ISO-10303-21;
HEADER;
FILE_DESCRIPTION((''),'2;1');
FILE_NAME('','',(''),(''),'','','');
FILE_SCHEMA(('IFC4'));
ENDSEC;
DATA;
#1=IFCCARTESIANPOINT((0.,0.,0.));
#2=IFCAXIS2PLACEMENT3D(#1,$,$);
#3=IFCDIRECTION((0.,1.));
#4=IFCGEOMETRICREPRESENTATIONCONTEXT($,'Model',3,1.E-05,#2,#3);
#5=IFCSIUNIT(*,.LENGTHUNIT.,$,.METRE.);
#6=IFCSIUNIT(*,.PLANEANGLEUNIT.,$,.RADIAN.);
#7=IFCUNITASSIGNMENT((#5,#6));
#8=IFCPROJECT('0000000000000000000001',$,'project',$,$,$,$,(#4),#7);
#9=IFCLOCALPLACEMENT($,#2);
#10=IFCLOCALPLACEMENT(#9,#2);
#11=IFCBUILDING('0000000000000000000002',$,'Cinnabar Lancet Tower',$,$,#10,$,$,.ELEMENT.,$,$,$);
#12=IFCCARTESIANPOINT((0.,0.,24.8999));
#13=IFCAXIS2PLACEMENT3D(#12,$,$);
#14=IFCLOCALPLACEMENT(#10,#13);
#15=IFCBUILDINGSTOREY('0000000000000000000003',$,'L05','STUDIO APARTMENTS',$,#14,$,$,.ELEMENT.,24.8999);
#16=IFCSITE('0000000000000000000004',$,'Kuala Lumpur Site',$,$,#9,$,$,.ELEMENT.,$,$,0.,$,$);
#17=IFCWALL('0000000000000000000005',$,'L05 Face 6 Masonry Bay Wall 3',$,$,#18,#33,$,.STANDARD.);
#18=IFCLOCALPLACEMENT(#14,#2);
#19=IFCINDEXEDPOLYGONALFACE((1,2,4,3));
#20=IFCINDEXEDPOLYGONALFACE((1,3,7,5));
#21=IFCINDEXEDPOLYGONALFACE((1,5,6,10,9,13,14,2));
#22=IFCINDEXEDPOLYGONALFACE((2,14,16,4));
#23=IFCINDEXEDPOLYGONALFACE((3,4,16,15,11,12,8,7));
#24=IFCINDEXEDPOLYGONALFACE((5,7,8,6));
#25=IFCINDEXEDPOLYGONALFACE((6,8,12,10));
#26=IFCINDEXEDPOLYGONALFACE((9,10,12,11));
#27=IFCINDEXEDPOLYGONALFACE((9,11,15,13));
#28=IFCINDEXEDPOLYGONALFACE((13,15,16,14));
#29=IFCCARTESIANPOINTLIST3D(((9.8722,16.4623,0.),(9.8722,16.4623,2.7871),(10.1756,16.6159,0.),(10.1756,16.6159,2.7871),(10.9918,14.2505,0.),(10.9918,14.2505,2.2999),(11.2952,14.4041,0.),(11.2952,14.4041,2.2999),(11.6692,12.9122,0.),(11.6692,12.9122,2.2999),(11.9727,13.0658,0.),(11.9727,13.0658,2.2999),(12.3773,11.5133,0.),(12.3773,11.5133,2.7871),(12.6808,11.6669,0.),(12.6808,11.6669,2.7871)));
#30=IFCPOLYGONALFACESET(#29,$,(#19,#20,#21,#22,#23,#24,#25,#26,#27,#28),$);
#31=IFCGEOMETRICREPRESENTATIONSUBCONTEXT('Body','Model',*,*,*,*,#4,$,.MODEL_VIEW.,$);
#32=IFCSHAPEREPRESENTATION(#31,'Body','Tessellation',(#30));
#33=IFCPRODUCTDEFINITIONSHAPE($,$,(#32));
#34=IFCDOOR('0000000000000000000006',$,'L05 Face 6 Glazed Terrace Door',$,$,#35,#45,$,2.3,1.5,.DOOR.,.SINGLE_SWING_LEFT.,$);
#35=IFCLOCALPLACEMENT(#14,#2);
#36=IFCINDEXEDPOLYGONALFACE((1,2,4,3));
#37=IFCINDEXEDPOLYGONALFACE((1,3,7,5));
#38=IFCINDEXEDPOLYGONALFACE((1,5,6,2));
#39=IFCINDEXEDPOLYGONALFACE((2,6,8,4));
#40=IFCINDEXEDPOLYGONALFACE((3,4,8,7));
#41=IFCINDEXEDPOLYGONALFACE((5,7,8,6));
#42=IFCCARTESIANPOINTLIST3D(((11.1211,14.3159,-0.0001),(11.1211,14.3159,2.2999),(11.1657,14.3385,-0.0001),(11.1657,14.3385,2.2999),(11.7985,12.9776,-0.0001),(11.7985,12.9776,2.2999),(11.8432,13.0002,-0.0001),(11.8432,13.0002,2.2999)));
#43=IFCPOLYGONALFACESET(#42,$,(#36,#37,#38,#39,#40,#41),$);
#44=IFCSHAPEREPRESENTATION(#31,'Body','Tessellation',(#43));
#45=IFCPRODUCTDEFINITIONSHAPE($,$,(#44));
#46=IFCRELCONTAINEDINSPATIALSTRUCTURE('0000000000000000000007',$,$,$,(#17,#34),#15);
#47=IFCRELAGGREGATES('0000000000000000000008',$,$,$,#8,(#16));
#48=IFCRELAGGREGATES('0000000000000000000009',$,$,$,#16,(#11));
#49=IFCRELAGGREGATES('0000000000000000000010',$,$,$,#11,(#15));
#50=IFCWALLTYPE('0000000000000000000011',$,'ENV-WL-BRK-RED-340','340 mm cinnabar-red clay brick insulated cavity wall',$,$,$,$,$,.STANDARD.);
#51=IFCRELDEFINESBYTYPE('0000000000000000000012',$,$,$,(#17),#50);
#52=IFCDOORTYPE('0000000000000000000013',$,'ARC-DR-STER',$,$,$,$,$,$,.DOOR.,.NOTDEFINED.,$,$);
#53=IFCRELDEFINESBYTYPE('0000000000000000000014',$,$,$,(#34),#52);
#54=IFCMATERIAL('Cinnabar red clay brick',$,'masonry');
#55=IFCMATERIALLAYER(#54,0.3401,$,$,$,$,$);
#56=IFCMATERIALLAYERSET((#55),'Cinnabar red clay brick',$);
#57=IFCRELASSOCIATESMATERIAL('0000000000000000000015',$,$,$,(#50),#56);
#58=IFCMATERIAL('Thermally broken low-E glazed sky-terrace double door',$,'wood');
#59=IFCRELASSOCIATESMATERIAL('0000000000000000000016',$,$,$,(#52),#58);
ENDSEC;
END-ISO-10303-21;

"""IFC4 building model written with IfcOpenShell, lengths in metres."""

from ifc_helpers import new_model, si_unit, direction, frame, frame_2d, origin, place, context, subcontext, project, spatial, rectangle, extrude, material, layer, layer_set, type_object, element, fill, save


model = new_model("IFC4")

# Units and contexts
model_context = context("Model", 3, precision=1e-05, world=origin(), true_north=direction((0.0, 1.0)))
body_context = subcontext(model_context, "Body", "Model", "MODEL_VIEW")
ifc_project = project(units=[si_unit("LENGTHUNIT", "METRE"), si_unit("PLANEANGLEUNIT", "RADIAN")], contexts=[model_context])

# Site, building, storey
site_placement = place(None, origin())
site = spatial("IfcSite", under=ifc_project, at=site_placement, Name="Kuala Lumpur Site", CompositionType="ELEMENT", RefElevation=0.0)
building_placement = place(site_placement, origin())
building = spatial("IfcBuilding", under=site, at=building_placement, Name="Cinnabar Lancet Tower", CompositionType="ELEMENT")
storey_placement = place(building_placement, frame((0.0, 0.0, 24.8999)))
storey = spatial("IfcBuildingStorey", under=building, at=storey_placement, Name="L05", Description="STUDIO APARTMENTS", CompositionType="ELEMENT", Elevation=24.8999)

# Shared definitions
ifc_material_1 = material(Name="Cinnabar red clay brick", Category="masonry")
ifc_layer_1 = layer(ifc_material_1, 0.3401)
ifc_layer_set_1 = layer_set([ifc_layer_1], Name="Cinnabar red clay brick")
wall_type_1 = type_object("IfcWallType", Name="ENV-WL-BRK-RED-340", Description="340 mm cinnabar-red clay brick insulated cavity wall", PredefinedType="STANDARD", material=ifc_layer_set_1)

# Wall, opening, door
wall_1_placement = place(storey_placement, frame((10.0239, 16.5391, 0.0), z_axis=(0.0, 0.0, 1.0), x_axis=(0.451627, -0.892207, 0.0)))
wall_1 = element("IfcWall", 1, at=wall_1_placement, inside=storey, type_object=wall_type_1, Name="L05 Face 6 Masonry Bay Wall 3", PredefinedType="STANDARD", context=body_context, shape_type="SweptSolid", body=[
    extrude(rectangle(XDim=5.5469, YDim=0.3401, at=frame_2d((2.7734, 0.0))), origin(), (0.0, 0.0, 1.0), 2.7871),
])
opening_1_placement = place(wall_1_placement, frame((2.479, 0.0, 0.0)))
opening_1 = element("IfcOpeningElement", 2, at=opening_1_placement, cuts=wall_1, PredefinedType="OPENING", context=body_context, shape_type="SweptSolid", body=[
    extrude(rectangle(XDim=1.5, YDim=2.3, at=frame_2d((0.75, 1.1499))), frame((0.0, 0.1799, 0.0), z_axis=(0.0, -1.0, 0.0), x_axis=(1.0, 0.0, 0.0)), (0.0, 0.0, 1.0), 0.3601),
])
ifc_material_2 = material(Name="Thermally broken low-E glazed sky-terrace double door", Category="wood")
door_type_1 = type_object("IfcDoorType", Name="ARC-DR-STER", OperationType="NOTDEFINED", PredefinedType="DOOR", material=ifc_material_2)
door_1_placement = place(opening_1_placement, origin())
door_1 = element("IfcDoor", 3, at=door_1_placement, inside=storey, type_object=door_type_1, Name="L05 Face 6 Glazed Terrace Door", OperationType="SINGLE_SWING_LEFT", OverallHeight=2.3, OverallWidth=1.5, PredefinedType="DOOR", context=body_context, shape_type="SweptSolid", body=[
    extrude(rectangle(XDim=1.5, YDim=2.3, at=frame_2d((0.75, 1.1499))), frame((0.0, 0.0249, 0.0), z_axis=(0.0, -1.0, 0.0), x_axis=(1.0, 0.0, 0.0)), (0.0, 0.0, 1.0), 0.05),
])
fill(opening_1, door_1)

save(model, "model.ifc")
